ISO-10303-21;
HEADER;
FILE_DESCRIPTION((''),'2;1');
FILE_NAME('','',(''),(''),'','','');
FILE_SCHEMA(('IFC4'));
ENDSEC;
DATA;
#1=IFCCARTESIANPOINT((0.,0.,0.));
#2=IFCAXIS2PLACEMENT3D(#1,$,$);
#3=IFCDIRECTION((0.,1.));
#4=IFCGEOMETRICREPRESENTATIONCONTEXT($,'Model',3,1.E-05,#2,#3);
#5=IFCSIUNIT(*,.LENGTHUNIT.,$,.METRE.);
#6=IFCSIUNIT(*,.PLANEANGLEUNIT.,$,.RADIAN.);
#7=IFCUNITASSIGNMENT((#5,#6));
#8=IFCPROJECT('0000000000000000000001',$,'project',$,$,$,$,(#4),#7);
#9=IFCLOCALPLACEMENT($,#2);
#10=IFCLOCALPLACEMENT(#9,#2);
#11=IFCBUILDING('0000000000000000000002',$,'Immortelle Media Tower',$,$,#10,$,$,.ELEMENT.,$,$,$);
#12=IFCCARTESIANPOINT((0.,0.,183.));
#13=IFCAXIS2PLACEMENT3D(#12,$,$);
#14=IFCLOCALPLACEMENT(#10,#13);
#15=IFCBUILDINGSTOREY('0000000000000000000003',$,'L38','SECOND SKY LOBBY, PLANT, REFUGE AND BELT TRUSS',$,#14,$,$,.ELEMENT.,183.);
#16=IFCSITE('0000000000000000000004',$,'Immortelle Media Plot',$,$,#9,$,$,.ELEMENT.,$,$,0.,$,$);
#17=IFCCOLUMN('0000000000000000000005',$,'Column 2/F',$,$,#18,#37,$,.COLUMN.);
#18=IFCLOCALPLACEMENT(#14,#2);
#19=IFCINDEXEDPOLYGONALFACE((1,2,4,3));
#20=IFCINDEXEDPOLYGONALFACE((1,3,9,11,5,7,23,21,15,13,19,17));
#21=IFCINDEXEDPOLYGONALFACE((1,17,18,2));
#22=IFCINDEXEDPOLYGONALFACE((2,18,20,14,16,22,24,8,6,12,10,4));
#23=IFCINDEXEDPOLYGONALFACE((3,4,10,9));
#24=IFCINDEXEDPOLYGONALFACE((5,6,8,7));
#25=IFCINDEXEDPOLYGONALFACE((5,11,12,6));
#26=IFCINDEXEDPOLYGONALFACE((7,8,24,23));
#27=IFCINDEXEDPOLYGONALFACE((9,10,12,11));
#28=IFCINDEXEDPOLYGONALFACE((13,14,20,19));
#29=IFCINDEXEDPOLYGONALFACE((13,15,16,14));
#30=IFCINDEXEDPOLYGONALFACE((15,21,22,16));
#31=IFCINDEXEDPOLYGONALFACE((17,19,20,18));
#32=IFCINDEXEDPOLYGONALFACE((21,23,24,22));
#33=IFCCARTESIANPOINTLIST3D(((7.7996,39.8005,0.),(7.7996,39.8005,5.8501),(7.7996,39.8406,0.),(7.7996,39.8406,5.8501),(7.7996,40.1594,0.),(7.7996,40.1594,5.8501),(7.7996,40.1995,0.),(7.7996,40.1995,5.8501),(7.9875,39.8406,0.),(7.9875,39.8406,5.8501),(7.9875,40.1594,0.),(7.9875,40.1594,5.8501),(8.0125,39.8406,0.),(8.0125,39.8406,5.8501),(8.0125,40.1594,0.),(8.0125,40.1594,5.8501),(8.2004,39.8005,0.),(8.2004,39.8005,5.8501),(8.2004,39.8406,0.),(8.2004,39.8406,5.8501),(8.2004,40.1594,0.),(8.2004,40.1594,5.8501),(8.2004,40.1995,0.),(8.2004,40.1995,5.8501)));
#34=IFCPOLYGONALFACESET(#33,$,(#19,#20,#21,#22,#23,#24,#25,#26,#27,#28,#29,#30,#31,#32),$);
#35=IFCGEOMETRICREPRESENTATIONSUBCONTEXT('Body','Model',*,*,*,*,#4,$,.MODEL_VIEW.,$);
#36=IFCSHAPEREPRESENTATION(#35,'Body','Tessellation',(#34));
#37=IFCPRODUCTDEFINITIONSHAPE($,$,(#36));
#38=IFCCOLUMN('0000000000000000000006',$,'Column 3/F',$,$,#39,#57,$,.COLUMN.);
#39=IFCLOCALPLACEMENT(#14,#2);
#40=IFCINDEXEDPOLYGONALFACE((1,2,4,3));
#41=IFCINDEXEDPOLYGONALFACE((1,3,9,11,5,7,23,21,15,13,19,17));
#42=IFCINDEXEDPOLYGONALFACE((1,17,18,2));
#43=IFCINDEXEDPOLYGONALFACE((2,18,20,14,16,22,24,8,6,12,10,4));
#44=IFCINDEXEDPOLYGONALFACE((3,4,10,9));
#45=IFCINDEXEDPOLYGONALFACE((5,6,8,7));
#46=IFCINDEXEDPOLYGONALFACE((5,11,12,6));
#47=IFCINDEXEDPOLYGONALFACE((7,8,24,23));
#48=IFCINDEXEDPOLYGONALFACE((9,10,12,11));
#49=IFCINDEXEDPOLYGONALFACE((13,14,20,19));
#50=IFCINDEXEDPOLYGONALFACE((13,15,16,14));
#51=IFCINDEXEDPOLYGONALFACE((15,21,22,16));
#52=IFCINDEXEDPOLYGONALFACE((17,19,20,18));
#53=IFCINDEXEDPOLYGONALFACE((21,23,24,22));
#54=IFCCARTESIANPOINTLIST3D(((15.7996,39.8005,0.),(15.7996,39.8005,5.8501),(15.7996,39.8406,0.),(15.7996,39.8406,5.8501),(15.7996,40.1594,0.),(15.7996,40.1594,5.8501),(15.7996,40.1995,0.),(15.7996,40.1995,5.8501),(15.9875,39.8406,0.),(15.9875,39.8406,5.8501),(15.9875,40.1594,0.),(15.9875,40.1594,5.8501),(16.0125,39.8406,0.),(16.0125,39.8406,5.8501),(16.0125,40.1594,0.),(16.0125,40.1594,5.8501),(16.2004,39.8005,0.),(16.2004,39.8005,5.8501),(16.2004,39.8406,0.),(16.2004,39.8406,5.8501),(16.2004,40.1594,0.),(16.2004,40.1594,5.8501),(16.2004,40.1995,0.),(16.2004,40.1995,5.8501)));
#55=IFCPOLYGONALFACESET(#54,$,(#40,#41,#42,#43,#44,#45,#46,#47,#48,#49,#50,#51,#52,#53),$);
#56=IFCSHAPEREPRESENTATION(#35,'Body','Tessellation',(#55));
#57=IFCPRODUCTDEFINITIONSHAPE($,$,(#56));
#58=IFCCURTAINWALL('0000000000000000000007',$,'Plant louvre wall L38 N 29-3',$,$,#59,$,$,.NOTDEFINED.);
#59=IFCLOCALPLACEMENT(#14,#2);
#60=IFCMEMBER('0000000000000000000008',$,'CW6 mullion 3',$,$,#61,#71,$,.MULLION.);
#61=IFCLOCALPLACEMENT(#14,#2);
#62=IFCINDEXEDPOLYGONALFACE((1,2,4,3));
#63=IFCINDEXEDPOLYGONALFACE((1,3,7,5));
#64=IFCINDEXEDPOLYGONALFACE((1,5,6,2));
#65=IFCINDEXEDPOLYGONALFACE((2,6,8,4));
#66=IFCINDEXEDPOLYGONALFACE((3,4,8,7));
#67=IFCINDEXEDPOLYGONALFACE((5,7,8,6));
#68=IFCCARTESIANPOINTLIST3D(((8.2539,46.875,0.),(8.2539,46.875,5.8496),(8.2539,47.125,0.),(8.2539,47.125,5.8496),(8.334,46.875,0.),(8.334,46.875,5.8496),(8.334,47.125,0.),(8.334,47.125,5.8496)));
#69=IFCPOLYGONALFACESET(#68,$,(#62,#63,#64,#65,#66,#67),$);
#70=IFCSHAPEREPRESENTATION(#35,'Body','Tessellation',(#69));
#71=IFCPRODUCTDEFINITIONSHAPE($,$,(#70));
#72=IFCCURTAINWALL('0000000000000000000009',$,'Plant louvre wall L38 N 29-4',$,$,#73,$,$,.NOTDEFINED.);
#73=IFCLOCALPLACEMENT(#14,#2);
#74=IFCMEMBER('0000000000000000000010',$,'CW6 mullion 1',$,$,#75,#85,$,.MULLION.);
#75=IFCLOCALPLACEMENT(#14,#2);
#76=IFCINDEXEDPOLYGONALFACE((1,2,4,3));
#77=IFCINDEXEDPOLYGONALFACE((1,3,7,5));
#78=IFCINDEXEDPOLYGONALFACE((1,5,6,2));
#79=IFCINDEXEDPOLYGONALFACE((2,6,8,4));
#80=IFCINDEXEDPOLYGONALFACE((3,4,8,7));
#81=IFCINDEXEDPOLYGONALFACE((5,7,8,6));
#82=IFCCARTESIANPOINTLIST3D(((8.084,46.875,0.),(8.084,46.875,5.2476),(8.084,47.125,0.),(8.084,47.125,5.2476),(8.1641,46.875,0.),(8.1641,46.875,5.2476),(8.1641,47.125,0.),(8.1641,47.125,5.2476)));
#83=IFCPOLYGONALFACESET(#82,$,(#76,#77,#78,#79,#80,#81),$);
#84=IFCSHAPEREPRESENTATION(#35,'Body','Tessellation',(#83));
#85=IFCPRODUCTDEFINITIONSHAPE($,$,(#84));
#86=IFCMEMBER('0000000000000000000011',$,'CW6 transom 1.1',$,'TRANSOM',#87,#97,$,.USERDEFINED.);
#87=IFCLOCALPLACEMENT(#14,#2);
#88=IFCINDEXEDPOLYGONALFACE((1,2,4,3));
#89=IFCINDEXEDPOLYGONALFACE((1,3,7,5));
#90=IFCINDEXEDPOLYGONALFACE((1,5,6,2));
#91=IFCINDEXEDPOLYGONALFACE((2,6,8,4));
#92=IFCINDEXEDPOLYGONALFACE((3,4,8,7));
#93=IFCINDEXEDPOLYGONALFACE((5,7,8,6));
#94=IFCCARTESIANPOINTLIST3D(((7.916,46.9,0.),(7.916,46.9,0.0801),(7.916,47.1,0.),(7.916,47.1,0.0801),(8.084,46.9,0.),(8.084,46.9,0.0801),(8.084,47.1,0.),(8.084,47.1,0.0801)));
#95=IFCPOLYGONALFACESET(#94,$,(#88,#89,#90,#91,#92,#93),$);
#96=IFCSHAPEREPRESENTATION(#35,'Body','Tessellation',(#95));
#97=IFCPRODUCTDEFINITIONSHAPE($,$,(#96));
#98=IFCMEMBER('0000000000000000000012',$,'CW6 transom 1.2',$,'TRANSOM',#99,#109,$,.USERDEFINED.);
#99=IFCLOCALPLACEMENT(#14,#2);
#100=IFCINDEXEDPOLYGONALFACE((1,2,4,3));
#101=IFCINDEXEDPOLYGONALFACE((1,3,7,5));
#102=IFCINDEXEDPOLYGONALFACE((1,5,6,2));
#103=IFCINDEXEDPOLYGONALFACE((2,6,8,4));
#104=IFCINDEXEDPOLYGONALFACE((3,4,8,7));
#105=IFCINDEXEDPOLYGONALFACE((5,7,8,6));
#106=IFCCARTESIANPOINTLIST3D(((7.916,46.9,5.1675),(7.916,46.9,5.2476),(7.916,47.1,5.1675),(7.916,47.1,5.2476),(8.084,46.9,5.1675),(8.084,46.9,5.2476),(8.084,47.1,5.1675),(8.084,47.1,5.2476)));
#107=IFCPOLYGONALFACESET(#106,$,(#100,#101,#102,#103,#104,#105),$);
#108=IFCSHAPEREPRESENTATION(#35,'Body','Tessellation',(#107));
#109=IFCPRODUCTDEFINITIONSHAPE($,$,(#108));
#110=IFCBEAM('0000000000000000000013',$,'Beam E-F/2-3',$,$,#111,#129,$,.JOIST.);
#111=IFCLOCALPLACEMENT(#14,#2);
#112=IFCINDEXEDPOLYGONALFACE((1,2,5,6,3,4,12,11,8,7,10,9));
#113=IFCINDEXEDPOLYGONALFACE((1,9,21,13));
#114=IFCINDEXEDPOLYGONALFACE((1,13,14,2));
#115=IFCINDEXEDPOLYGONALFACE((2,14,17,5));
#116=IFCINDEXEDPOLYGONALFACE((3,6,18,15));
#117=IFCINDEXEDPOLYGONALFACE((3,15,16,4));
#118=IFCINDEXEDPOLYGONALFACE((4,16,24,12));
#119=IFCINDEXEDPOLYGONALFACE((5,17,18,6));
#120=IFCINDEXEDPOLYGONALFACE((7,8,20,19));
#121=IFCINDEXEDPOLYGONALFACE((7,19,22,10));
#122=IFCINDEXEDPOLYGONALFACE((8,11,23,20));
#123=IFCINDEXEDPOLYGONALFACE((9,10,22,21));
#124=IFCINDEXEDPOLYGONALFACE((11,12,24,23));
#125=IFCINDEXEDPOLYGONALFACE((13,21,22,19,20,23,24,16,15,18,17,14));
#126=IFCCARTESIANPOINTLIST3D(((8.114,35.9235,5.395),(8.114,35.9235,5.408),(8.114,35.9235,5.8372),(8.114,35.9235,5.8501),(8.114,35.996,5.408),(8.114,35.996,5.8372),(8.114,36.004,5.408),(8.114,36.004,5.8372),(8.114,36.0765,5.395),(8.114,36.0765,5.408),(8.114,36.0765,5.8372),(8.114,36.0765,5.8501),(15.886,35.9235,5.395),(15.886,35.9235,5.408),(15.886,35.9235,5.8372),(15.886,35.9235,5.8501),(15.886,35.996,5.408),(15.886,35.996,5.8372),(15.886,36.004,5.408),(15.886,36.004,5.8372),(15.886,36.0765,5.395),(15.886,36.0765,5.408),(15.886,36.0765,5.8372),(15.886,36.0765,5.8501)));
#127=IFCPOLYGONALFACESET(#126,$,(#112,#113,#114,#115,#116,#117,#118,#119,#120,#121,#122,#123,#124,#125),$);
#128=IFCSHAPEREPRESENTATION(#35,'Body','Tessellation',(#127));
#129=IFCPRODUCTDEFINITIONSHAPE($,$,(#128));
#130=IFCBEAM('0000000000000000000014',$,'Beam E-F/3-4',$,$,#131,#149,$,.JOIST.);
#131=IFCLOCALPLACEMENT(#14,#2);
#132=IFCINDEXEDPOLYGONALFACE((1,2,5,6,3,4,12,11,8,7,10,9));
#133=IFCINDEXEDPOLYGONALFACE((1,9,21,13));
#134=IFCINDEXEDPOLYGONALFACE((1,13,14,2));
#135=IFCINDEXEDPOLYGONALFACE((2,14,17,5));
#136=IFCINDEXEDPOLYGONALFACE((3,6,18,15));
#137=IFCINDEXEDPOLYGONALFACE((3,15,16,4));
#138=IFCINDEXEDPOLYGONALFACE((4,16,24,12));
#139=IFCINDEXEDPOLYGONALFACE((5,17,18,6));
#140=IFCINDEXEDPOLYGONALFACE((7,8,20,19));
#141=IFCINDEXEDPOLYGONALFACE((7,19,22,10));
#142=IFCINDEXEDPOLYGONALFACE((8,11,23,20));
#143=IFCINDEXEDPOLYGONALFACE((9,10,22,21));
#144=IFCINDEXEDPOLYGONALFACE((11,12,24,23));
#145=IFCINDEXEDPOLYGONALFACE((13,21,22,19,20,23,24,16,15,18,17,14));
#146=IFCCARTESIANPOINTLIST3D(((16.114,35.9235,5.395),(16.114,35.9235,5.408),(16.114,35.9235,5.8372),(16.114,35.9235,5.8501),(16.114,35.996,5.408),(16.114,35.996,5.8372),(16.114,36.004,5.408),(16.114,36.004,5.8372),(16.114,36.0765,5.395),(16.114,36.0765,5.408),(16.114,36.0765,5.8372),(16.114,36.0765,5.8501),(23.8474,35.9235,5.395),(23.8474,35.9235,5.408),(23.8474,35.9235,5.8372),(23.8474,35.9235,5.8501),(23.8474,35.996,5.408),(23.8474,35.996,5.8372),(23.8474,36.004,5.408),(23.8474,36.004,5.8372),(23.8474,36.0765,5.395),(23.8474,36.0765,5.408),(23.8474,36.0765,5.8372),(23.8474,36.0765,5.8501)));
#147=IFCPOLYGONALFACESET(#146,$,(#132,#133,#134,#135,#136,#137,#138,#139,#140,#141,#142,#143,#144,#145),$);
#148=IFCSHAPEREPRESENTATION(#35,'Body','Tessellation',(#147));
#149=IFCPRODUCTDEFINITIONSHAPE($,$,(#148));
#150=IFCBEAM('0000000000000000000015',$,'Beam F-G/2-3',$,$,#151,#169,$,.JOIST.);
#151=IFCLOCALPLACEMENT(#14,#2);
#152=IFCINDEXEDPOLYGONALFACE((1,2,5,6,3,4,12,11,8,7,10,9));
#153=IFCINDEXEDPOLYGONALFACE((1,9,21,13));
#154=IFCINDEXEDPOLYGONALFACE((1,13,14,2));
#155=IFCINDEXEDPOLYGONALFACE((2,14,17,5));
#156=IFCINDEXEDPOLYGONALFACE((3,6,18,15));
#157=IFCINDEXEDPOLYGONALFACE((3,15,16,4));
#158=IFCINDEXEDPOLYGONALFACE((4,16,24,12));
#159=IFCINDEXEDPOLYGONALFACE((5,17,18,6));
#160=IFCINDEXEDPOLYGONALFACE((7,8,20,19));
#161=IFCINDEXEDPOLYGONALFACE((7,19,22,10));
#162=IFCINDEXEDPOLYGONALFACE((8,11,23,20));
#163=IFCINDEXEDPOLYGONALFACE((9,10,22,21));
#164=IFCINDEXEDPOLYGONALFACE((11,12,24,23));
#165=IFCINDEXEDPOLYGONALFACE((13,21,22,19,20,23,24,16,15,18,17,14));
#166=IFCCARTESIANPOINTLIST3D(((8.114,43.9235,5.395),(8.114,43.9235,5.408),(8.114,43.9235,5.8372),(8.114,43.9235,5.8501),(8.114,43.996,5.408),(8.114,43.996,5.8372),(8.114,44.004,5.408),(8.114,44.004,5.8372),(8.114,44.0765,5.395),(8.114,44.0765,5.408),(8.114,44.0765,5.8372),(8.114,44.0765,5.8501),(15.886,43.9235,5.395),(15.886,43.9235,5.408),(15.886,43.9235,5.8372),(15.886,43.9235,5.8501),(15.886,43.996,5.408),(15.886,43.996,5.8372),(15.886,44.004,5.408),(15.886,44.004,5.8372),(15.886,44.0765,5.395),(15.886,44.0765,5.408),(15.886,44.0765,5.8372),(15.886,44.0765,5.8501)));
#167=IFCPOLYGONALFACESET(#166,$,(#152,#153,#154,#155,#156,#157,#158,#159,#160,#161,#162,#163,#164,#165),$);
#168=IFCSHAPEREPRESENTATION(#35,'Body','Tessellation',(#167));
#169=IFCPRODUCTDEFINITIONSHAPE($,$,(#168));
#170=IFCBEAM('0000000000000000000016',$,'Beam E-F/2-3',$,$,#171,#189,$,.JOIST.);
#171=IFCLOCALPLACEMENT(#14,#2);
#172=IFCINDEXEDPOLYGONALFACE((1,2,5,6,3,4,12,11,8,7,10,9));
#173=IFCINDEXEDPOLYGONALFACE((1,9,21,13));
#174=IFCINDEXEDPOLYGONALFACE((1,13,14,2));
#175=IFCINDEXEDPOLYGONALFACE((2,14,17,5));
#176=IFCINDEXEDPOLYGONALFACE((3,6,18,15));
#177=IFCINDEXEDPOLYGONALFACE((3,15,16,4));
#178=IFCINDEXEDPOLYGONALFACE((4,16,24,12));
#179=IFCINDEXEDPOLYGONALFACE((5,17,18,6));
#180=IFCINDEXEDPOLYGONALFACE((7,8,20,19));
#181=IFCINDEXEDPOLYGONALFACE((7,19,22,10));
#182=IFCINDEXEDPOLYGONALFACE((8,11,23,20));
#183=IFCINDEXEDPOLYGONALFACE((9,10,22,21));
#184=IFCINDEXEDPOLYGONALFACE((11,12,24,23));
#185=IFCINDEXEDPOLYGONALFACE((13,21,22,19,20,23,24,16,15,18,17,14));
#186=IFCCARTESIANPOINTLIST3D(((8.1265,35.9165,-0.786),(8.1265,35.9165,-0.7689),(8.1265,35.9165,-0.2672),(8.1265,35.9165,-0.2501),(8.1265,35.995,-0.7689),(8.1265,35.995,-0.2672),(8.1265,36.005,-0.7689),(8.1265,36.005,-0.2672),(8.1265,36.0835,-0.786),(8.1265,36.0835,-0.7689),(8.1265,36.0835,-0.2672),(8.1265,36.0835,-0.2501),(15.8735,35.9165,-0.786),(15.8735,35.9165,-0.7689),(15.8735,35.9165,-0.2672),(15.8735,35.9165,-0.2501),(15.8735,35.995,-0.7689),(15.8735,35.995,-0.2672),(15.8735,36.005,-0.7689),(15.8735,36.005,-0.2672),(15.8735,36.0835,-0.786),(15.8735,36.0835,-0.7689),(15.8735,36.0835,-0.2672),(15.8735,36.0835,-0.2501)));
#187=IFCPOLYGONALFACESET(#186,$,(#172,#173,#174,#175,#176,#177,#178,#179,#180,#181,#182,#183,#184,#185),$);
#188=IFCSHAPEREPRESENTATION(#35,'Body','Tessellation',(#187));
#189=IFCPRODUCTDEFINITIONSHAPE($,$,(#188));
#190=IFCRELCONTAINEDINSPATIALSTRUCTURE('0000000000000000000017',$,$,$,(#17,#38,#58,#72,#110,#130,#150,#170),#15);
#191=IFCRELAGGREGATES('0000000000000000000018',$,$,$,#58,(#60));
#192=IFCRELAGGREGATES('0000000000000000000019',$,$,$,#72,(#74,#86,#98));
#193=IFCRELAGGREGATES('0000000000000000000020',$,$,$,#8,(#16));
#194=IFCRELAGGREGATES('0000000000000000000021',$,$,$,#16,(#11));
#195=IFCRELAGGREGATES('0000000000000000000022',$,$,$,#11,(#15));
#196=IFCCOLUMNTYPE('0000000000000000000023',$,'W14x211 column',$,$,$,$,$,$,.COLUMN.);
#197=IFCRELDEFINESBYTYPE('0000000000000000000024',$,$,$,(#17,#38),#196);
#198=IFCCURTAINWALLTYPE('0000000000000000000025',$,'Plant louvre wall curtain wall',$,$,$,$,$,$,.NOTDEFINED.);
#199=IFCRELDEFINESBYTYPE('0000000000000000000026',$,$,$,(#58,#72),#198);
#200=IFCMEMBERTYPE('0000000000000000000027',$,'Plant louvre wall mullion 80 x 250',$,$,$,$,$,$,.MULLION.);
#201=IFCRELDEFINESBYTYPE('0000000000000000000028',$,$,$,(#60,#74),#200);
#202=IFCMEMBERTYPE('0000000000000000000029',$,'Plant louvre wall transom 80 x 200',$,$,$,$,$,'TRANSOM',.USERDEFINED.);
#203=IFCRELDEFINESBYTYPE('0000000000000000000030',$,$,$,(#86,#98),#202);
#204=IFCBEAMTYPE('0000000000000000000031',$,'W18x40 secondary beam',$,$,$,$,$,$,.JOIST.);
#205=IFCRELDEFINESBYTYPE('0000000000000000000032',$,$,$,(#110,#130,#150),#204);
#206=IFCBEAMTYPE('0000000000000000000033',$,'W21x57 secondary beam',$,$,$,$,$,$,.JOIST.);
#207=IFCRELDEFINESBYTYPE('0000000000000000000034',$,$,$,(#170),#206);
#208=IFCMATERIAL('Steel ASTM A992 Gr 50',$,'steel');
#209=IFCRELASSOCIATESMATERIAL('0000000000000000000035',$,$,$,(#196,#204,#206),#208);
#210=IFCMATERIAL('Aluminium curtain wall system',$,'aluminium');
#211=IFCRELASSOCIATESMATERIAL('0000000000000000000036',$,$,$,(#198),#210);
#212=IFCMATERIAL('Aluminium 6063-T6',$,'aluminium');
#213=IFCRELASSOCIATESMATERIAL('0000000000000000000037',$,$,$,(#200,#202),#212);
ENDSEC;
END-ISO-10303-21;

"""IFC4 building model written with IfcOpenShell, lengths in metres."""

from ifc_helpers import new_model, si_unit, direction, frame, origin, origin_2d, place, context, subcontext, project, spatial, rectangle, i_section, extrude, material, material_profile, profile_set, type_object, element, aggregate, save


model = new_model("IFC4")

# Units and contexts
model_context = context("Model", 3, precision=1e-05, world=origin(), true_north=direction((0.0, 1.0)))
body_context = subcontext(model_context, "Body", "Model", "MODEL_VIEW")
ifc_project = project(units=[si_unit("LENGTHUNIT", "METRE"), si_unit("PLANEANGLEUNIT", "RADIAN")], contexts=[model_context])

# Site, building, storey
site_placement = place(None, origin())
site = spatial("IfcSite", under=ifc_project, at=site_placement, Name="Immortelle Media Plot", CompositionType="ELEMENT", RefElevation=0.0)
building_placement = place(site_placement, origin())
building = spatial("IfcBuilding", under=site, at=building_placement, Name="Immortelle Media Tower", CompositionType="ELEMENT")
storey_placement = place(building_placement, frame((0.0, 0.0, 183.0)))
storey = spatial("IfcBuildingStorey", under=building, at=storey_placement, Name="L38", Description="SECOND SKY LOBBY, PLANT, REFUGE AND BELT TRUSS", CompositionType="ELEMENT", Elevation=183.0)

# Columns
ifc_material_1 = material(Name="Steel ASTM A992 Gr 50", Category="steel")
ifc_material_profile_1 = material_profile(ifc_material_1, i_section(OverallWidth=0.4009, OverallDepth=0.3989, WebThickness=0.0249, FlangeThickness=0.04, at=origin_2d()), Name="W14x211")
ifc_profile_set_1 = profile_set([ifc_material_profile_1], Name="Steel ASTM A992 Gr 50")
column_type = type_object("IfcColumnType", Name="W14x211 column", PredefinedType="COLUMN", material=ifc_profile_set_1)
for number, where, z_axis, x_axis, name in (
    (1, (8.0, 40.0, 0.0), (0.0, 0.0, 1.0), (1.0, 0.0, 0.0), "Column 2/F"),
    (2, (16.0, 40.0, 0.0), (0.0, 0.0, 1.0), (1.0, 0.0, 0.0), "Column 3/F"),
):
    element("IfcColumn", number, at=place(storey_placement, frame(where, z_axis=z_axis, x_axis=x_axis)), inside=storey, type_object=column_type, Name=name, PredefinedType="COLUMN", context=body_context, shape_type="SweptSolid", body=[
        extrude(i_section(OverallWidth=0.4009, OverallDepth=0.3989, WebThickness=0.0249, FlangeThickness=0.04, at=origin_2d()), origin(), (0.0, 0.0, 1.0), 5.8501),
    ])

# Curtain wall, member
ifc_material_2 = material(Name="Aluminium curtain wall system", Category="aluminium")
curtain_wall_type = type_object("IfcCurtainWallType", Name="Plant louvre wall curtain wall", PredefinedType="NOTDEFINED", material=ifc_material_2)
curtain_wall_1_placement = place(storey_placement, origin())
curtain_wall_1 = element("IfcCurtainWall", 3, at=curtain_wall_1_placement, inside=storey, type_object=curtain_wall_type, Name="Plant louvre wall L38 N 29-3", PredefinedType="NOTDEFINED")
ifc_material_3 = material(Name="Aluminium 6063-T6", Category="aluminium")
ifc_material_profile_2 = material_profile(ifc_material_3, rectangle(XDim=0.25, YDim=0.0801, at=origin_2d()), Name="AL 80x250")
ifc_profile_set_2 = profile_set([ifc_material_profile_2], Name="Aluminium 6063-T6")
member_type_1 = type_object("IfcMemberType", Name="Plant louvre wall mullion 80 x 250", PredefinedType="MULLION", material=ifc_profile_set_2)
member_1_placement = place(storey_placement, frame((8.2939, 47.0, 0.0), z_axis=(0.0, 0.0, 1.0), x_axis=(0.0, -1.0, 0.0)))
member_1 = element("IfcMember", 4, at=member_1_placement, type_object=member_type_1, Name="CW6 mullion 3", PredefinedType="MULLION", context=body_context, shape_type="SweptSolid", body=[
    extrude(rectangle(XDim=0.25, YDim=0.0801, at=origin_2d()), origin(), (0.0, 0.0, 1.0), 5.8496),
])
aggregate(curtain_wall_1, [member_1])

# Curtain wall, members
curtain_wall_2_placement = place(storey_placement, origin())
curtain_wall_2 = element("IfcCurtainWall", 5, at=curtain_wall_2_placement, inside=storey, type_object=curtain_wall_type, Name="Plant louvre wall L38 N 29-4", PredefinedType="NOTDEFINED")
member_2_placement = place(storey_placement, frame((8.124, 47.0, 0.0), z_axis=(0.0, 0.0, 1.0), x_axis=(0.0, -1.0, 0.0)))
member_2 = element("IfcMember", 6, at=member_2_placement, type_object=member_type_1, Name="CW6 mullion 1", PredefinedType="MULLION", context=body_context, shape_type="SweptSolid", body=[
    extrude(rectangle(XDim=0.25, YDim=0.0801, at=origin_2d()), origin(), (0.0, 0.0, 1.0), 5.2476),
])
ifc_material_profile_3 = material_profile(ifc_material_3, rectangle(XDim=0.2, YDim=0.0801, at=origin_2d()), Name="AL 80x200")
ifc_profile_set_3 = profile_set([ifc_material_profile_3], Name="Aluminium 6063-T6")
member_type_2 = type_object("IfcMemberType", Name="Plant louvre wall transom 80 x 200", ElementType="TRANSOM", PredefinedType="USERDEFINED", material=ifc_profile_set_3)
member_3_placement = place(storey_placement, frame((8.084, 47.0, 0.04), z_axis=(-1.0, 0.0, 0.0), x_axis=(0.0, -1.0, 0.0)))
member_3 = element("IfcMember", 7, at=member_3_placement, type_object=member_type_2, Name="CW6 transom 1.1", ObjectType="TRANSOM", PredefinedType="USERDEFINED", context=body_context, shape_type="SweptSolid", body=[
    extrude(rectangle(XDim=0.2, YDim=0.0801, at=origin_2d()), origin(), (0.0, 0.0, 1.0), 0.168),
])
member_4_placement = place(storey_placement, frame((8.084, 47.0, 5.2075), z_axis=(-1.0, 0.0, 0.0), x_axis=(0.0, -1.0, 0.0)))
member_4 = element("IfcMember", 8, at=member_4_placement, type_object=member_type_2, Name="CW6 transom 1.2", ObjectType="TRANSOM", PredefinedType="USERDEFINED", context=body_context, shape_type="SweptSolid", body=[
    extrude(rectangle(XDim=0.2, YDim=0.0801, at=origin_2d()), origin(), (0.0, 0.0, 1.0), 0.168),
])

# Beams
ifc_material_profile_4 = material_profile(ifc_material_1, i_section(OverallWidth=0.1531, OverallDepth=0.4551, WebThickness=0.0081, FlangeThickness=0.0129, at=origin_2d()), Name="W18x40")
ifc_profile_set_4 = profile_set([ifc_material_profile_4], Name="Steel ASTM A992 Gr 50")
beam_type_1 = type_object("IfcBeamType", Name="W18x40 secondary beam", PredefinedType="JOIST", material=ifc_profile_set_4)
beam_1_placement = place(storey_placement, frame((8.114, 36.0, 5.6226), z_axis=(1.0, 0.0, 0.0), x_axis=(0.0, 1.0, 0.0)))
element("IfcBeam", 9, at=beam_1_placement, inside=storey, type_object=beam_type_1, Name="Beam E-F/2-3", PredefinedType="JOIST", context=body_context, shape_type="SweptSolid", body=[
    extrude(i_section(OverallWidth=0.1531, OverallDepth=0.4551, WebThickness=0.0081, FlangeThickness=0.0129, at=origin_2d()), origin(), (0.0, 0.0, 1.0), 7.772),
])
beam_2_placement = place(storey_placement, frame((16.114, 36.0, 5.6226), z_axis=(1.0, 0.0, 0.0), x_axis=(0.0, 1.0, 0.0)))
element("IfcBeam", 10, at=beam_2_placement, inside=storey, type_object=beam_type_1, Name="Beam E-F/3-4", PredefinedType="JOIST", context=body_context, shape_type="SweptSolid", body=[
    extrude(i_section(OverallWidth=0.1531, OverallDepth=0.4551, WebThickness=0.0081, FlangeThickness=0.0129, at=origin_2d()), origin(), (0.0, 0.0, 1.0), 7.7334),
])
beam_3_placement = place(storey_placement, frame((8.114, 44.0, 5.6226), z_axis=(1.0, 0.0, 0.0), x_axis=(0.0, 1.0, 0.0)))
element("IfcBeam", 11, at=beam_3_placement, inside=storey, type_object=beam_type_1, Name="Beam F-G/2-3", PredefinedType="JOIST", context=body_context, shape_type="SweptSolid", body=[
    extrude(i_section(OverallWidth=0.1531, OverallDepth=0.4551, WebThickness=0.0081, FlangeThickness=0.0129, at=origin_2d()), origin(), (0.0, 0.0, 1.0), 7.772),
])
ifc_material_profile_5 = material_profile(ifc_material_1, i_section(OverallWidth=0.167, OverallDepth=0.5359, WebThickness=0.01, FlangeThickness=0.0171, at=origin_2d()), Name="W21x57")
ifc_profile_set_5 = profile_set([ifc_material_profile_5], Name="Steel ASTM A992 Gr 50")
beam_type_2 = type_object("IfcBeamType", Name="W21x57 secondary beam", PredefinedType="JOIST", material=ifc_profile_set_5)
for number, where, z_axis, x_axis, name in (
    (12, (8.1265, 36.0, -0.5181), (1.0, 0.0, 0.0), (0.0, 1.0, 0.0), "Beam E-F/2-3"),
):
    element("IfcBeam", number, at=place(storey_placement, frame(where, z_axis=z_axis, x_axis=x_axis)), inside=storey, type_object=beam_type_2, Name=name, PredefinedType="JOIST", context=body_context, shape_type="SweptSolid", body=[
        extrude(i_section(OverallWidth=0.167, OverallDepth=0.5359, WebThickness=0.01, FlangeThickness=0.0171, at=origin_2d()), origin(), (0.0, 0.0, 1.0), 7.7471),
    ])

aggregate(curtain_wall_2, [member_2, member_3, member_4])

save(model, "model.ifc")
